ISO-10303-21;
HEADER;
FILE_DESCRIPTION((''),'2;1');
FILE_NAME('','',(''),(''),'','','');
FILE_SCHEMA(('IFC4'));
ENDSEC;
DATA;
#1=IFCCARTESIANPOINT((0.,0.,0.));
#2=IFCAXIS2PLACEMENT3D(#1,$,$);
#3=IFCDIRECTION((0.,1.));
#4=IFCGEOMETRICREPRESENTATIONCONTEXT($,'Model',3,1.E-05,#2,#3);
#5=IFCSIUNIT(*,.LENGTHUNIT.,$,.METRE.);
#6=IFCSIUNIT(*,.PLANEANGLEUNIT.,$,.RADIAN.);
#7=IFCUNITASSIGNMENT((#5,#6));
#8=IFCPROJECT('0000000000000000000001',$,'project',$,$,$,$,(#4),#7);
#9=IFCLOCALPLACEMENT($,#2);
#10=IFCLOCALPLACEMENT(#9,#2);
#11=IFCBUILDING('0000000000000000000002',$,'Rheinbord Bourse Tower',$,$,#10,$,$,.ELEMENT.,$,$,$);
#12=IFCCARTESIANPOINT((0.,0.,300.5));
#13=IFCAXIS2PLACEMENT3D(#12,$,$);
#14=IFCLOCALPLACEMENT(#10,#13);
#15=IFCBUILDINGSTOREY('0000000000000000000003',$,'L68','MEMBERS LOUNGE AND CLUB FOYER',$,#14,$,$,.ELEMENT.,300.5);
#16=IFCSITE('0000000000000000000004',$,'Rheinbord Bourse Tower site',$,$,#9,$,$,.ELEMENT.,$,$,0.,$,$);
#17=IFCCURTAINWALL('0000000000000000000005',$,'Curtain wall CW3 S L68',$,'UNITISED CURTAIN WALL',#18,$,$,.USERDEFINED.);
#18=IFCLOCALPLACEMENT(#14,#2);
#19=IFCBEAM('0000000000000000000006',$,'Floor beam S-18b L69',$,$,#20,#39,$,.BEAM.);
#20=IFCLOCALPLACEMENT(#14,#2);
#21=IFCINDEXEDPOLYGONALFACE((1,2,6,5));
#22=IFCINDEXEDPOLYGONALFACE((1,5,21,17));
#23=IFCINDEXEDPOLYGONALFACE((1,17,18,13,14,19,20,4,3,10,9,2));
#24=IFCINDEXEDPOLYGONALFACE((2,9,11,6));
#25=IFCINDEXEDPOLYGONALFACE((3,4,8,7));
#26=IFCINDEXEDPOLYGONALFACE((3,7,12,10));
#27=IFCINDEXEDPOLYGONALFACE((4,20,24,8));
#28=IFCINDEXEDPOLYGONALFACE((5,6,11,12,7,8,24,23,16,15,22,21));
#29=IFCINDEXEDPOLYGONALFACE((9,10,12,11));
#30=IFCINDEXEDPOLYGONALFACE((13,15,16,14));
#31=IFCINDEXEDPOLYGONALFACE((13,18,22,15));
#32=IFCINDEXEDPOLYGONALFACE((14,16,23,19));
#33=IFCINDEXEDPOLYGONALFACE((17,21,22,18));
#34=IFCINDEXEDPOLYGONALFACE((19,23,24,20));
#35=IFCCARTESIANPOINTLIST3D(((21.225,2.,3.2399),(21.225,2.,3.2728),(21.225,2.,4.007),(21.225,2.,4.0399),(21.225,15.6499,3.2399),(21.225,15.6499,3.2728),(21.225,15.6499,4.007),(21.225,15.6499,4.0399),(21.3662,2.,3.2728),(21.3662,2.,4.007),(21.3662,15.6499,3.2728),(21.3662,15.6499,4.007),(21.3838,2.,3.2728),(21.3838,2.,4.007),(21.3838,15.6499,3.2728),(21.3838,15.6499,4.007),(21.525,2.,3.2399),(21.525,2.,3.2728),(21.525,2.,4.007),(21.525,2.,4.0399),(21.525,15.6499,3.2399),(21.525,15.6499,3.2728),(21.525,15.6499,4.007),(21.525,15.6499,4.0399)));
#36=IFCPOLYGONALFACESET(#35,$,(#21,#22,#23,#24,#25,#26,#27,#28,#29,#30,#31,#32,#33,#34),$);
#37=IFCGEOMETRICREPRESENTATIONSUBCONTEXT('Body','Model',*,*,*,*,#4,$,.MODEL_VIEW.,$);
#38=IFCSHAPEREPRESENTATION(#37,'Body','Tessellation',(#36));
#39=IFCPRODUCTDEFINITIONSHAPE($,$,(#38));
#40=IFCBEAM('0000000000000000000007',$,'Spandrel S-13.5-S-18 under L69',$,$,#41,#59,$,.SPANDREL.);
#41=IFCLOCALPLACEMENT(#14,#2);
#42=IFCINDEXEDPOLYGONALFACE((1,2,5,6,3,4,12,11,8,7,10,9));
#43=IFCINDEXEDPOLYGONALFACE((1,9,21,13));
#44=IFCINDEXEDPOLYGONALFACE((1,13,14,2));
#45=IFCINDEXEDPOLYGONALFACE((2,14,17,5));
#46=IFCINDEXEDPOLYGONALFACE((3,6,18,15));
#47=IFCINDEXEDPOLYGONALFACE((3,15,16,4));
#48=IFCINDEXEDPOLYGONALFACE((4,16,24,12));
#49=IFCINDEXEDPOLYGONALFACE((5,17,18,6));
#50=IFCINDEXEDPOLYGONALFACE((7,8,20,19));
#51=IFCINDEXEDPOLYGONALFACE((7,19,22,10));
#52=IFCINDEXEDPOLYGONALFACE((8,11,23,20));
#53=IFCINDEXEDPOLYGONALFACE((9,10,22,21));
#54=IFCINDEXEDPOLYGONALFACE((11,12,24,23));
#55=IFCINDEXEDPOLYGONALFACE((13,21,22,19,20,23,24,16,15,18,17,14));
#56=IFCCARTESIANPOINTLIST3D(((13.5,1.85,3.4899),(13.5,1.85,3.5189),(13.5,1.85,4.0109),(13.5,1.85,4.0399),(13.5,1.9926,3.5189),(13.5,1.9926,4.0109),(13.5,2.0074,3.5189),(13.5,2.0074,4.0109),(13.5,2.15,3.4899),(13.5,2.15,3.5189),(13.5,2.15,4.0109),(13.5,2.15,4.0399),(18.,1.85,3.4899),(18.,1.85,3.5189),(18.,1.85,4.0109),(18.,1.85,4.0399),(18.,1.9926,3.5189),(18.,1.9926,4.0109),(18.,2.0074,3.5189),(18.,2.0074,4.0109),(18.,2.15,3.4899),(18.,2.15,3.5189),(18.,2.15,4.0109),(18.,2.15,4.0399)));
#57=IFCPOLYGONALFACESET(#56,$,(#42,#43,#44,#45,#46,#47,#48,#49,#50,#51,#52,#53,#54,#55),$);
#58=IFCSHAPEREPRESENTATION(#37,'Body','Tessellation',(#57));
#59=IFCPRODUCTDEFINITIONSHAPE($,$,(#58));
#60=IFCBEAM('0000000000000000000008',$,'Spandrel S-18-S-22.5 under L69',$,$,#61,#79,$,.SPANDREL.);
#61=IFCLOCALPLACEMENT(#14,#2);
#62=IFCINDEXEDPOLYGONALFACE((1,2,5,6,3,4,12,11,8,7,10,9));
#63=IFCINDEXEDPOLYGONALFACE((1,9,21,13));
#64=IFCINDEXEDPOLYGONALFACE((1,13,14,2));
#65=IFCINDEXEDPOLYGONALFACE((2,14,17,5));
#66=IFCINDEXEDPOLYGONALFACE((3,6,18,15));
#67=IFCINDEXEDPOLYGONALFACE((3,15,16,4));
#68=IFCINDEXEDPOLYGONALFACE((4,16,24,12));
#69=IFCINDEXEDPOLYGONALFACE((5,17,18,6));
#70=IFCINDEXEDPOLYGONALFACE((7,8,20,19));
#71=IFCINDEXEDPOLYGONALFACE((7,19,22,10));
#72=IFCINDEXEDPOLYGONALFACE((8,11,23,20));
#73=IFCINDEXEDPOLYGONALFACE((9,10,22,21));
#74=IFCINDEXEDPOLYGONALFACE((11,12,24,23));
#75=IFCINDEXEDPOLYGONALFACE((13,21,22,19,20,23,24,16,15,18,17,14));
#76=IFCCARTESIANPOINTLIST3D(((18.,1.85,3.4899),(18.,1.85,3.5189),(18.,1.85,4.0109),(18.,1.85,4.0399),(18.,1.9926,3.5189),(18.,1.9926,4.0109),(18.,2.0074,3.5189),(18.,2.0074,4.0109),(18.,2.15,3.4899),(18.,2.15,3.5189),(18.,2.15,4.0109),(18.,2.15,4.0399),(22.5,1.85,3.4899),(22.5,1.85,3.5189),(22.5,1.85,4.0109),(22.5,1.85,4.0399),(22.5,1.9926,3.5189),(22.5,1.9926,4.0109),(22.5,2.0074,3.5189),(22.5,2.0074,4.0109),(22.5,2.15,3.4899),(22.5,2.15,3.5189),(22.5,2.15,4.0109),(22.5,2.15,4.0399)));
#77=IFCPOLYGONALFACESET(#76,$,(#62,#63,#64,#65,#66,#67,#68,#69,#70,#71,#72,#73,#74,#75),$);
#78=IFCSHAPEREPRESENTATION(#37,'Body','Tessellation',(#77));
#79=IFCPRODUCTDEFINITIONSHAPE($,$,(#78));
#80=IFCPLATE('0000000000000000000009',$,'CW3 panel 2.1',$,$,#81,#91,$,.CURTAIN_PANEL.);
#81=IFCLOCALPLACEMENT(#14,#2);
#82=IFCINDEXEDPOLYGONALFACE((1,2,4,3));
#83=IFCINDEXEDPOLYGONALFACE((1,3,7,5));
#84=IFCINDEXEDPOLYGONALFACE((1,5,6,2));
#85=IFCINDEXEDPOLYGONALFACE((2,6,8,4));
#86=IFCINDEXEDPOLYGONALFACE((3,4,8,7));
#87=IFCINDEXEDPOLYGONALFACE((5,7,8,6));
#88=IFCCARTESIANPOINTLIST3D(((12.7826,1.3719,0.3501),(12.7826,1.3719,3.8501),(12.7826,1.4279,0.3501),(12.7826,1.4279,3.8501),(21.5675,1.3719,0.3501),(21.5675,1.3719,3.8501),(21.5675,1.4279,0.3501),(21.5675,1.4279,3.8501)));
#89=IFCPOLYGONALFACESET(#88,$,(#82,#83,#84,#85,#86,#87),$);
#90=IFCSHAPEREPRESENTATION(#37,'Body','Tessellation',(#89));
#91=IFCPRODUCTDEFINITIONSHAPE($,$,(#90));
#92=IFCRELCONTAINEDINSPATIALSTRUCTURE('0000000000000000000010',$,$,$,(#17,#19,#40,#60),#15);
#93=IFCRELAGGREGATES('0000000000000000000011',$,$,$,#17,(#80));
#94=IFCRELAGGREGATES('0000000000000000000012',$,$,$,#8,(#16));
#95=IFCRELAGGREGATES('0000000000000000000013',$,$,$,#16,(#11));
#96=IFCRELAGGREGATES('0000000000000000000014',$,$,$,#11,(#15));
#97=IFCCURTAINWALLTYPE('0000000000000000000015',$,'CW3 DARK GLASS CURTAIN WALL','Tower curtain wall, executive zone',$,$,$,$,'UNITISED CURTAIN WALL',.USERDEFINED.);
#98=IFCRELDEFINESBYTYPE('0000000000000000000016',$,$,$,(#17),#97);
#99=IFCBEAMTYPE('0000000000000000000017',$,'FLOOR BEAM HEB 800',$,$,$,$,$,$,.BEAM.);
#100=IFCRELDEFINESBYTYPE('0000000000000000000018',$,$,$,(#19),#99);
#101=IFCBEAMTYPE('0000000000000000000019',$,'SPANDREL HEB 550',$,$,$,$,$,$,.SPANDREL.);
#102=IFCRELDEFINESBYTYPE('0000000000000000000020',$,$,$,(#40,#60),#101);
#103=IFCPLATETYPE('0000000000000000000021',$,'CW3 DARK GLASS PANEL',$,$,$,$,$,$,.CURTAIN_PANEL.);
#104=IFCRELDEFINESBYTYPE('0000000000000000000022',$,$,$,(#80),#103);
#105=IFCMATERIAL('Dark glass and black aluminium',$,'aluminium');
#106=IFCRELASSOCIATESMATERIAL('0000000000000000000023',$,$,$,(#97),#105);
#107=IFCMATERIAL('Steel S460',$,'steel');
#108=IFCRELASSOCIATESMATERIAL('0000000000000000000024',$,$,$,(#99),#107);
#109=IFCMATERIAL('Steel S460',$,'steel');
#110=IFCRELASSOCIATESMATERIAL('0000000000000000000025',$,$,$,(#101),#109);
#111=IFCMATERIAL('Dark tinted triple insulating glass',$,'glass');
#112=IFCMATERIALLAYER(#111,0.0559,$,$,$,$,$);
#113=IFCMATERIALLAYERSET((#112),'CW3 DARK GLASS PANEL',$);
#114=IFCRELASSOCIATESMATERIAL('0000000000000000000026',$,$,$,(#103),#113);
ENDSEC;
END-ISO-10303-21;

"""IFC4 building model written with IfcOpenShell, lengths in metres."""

from ifc_helpers import new_model, si_unit, direction, frame, origin, origin_2d, place, context, subcontext, project, spatial, rectangle, i_section, extrude, material, layer, layer_set, material_profile, profile_set, type_object, element, aggregate, save


model = new_model("IFC4")

# Units and contexts
model_context = context("Model", 3, precision=1e-05, world=origin(), true_north=direction((0.0, 1.0)))
body_context = subcontext(model_context, "Body", "Model", "MODEL_VIEW")
ifc_project = project(units=[si_unit("LENGTHUNIT", "METRE"), si_unit("PLANEANGLEUNIT", "RADIAN")], contexts=[model_context])

# Site, building, storey
site_placement = place(None, origin())
site = spatial("IfcSite", under=ifc_project, at=site_placement, Name="Rheinbord Bourse Tower site", CompositionType="ELEMENT", RefElevation=0.0)
building_placement = place(site_placement, origin())
building = spatial("IfcBuilding", under=site, at=building_placement, Name="Rheinbord Bourse Tower", CompositionType="ELEMENT")
storey_placement = place(building_placement, frame((0.0, 0.0, 300.5)))
storey = spatial("IfcBuildingStorey", under=building, at=storey_placement, Name="L68", Description="MEMBERS LOUNGE AND CLUB FOYER", CompositionType="ELEMENT", Elevation=300.5)

# Curtain wall
ifc_material_1 = material(Name="Dark glass and black aluminium", Category="aluminium")
curtain_wall_type = type_object("IfcCurtainWallType", Name="CW3 DARK GLASS CURTAIN WALL", Description="Tower curtain wall, executive zone", ElementType="UNITISED CURTAIN WALL", PredefinedType="USERDEFINED", material=ifc_material_1)
curtain_wall_placement = place(storey_placement, origin())
curtain_wall = element("IfcCurtainWall", 1, at=curtain_wall_placement, inside=storey, type_object=curtain_wall_type, Name="Curtain wall CW3 S L68", ObjectType="UNITISED CURTAIN WALL", PredefinedType="USERDEFINED")

# Beams
ifc_material_2 = material(Name="Steel S460", Category="steel")
ifc_material_profile_1 = material_profile(ifc_material_2, i_section(OverallWidth=0.3, OverallDepth=0.8, WebThickness=0.0176, FlangeThickness=0.033, at=origin_2d()), Name="HEB 800")
ifc_profile_set_1 = profile_set([ifc_material_profile_1], Name="Steel S460")
beam_type_1 = type_object("IfcBeamType", Name="FLOOR BEAM HEB 800", PredefinedType="BEAM", material=ifc_profile_set_1)
for number, where, z_axis, x_axis, name in (
    (2, (21.375, 2.0, 3.6399), (0.0, 1.0, 0.0), (-1.0, 0.0, 0.0), "Floor beam S-18b L69"),
):
    element("IfcBeam", number, at=place(storey_placement, frame(where, z_axis=z_axis, x_axis=x_axis)), inside=storey, type_object=beam_type_1, Name=name, PredefinedType="BEAM", context=body_context, shape_type="SweptSolid", body=[
        extrude(i_section(OverallWidth=0.3, OverallDepth=0.8, WebThickness=0.0176, FlangeThickness=0.033, at=origin_2d()), origin(), (0.0, 0.0, 1.0), 13.6499),
    ])
ifc_material_3 = material(Name="Steel S460", Category="steel")
ifc_material_profile_2 = material_profile(ifc_material_3, i_section(OverallWidth=0.3, OverallDepth=0.55, WebThickness=0.0149, FlangeThickness=0.0291, at=origin_2d()), Name="HEB 550")
ifc_profile_set_2 = profile_set([ifc_material_profile_2], Name="Steel S460")
beam_type_2 = type_object("IfcBeamType", Name="SPANDREL HEB 550", PredefinedType="SPANDREL", material=ifc_profile_set_2)
for number, where, z_axis, x_axis, name in (
    (3, (13.5, 2.0, 3.7649), (1.0, 0.0, 0.0), (0.0, 1.0, 0.0), "Spandrel S-13.5-S-18 under L69"),
    (4, (18.0, 2.0, 3.7649), (1.0, 0.0, 0.0), (0.0, 1.0, 0.0), "Spandrel S-18-S-22.5 under L69"),
):
    element("IfcBeam", number, at=place(storey_placement, frame(where, z_axis=z_axis, x_axis=x_axis)), inside=storey, type_object=beam_type_2, Name=name, PredefinedType="SPANDREL", context=body_context, shape_type="SweptSolid", body=[
        extrude(i_section(OverallWidth=0.3, OverallDepth=0.55, WebThickness=0.0149, FlangeThickness=0.0291, at=origin_2d()), origin(), (0.0, 0.0, 1.0), 4.5),
    ])

# Plate
ifc_material_4 = material(Name="Dark tinted triple insulating glass", Category="glass")
ifc_layer = layer(ifc_material_4, 0.0559)
ifc_layer_set = layer_set([ifc_layer], Name="CW3 DARK GLASS PANEL")
plate_type = type_object("IfcPlateType", Name="CW3 DARK GLASS PANEL", PredefinedType="CURTAIN_PANEL", material=ifc_layer_set)
plate_placement = place(storey_placement, frame((17.175, 1.3999, 0.3501), z_axis=(0.0, 0.0, 1.0), x_axis=(1.0, 0.0, 0.0)))
plate = element("IfcPlate", 5, at=plate_placement, type_object=plate_type, Name="CW3 panel 2.1", PredefinedType="CURTAIN_PANEL", context=body_context, shape_type="SweptSolid", body=[
    extrude(rectangle(XDim=8.7849, YDim=0.0559, at=origin_2d()), origin(), (0.0, 0.0, 1.0), 3.5),
])
aggregate(curtain_wall, [plate])

save(model, "model.ifc")
